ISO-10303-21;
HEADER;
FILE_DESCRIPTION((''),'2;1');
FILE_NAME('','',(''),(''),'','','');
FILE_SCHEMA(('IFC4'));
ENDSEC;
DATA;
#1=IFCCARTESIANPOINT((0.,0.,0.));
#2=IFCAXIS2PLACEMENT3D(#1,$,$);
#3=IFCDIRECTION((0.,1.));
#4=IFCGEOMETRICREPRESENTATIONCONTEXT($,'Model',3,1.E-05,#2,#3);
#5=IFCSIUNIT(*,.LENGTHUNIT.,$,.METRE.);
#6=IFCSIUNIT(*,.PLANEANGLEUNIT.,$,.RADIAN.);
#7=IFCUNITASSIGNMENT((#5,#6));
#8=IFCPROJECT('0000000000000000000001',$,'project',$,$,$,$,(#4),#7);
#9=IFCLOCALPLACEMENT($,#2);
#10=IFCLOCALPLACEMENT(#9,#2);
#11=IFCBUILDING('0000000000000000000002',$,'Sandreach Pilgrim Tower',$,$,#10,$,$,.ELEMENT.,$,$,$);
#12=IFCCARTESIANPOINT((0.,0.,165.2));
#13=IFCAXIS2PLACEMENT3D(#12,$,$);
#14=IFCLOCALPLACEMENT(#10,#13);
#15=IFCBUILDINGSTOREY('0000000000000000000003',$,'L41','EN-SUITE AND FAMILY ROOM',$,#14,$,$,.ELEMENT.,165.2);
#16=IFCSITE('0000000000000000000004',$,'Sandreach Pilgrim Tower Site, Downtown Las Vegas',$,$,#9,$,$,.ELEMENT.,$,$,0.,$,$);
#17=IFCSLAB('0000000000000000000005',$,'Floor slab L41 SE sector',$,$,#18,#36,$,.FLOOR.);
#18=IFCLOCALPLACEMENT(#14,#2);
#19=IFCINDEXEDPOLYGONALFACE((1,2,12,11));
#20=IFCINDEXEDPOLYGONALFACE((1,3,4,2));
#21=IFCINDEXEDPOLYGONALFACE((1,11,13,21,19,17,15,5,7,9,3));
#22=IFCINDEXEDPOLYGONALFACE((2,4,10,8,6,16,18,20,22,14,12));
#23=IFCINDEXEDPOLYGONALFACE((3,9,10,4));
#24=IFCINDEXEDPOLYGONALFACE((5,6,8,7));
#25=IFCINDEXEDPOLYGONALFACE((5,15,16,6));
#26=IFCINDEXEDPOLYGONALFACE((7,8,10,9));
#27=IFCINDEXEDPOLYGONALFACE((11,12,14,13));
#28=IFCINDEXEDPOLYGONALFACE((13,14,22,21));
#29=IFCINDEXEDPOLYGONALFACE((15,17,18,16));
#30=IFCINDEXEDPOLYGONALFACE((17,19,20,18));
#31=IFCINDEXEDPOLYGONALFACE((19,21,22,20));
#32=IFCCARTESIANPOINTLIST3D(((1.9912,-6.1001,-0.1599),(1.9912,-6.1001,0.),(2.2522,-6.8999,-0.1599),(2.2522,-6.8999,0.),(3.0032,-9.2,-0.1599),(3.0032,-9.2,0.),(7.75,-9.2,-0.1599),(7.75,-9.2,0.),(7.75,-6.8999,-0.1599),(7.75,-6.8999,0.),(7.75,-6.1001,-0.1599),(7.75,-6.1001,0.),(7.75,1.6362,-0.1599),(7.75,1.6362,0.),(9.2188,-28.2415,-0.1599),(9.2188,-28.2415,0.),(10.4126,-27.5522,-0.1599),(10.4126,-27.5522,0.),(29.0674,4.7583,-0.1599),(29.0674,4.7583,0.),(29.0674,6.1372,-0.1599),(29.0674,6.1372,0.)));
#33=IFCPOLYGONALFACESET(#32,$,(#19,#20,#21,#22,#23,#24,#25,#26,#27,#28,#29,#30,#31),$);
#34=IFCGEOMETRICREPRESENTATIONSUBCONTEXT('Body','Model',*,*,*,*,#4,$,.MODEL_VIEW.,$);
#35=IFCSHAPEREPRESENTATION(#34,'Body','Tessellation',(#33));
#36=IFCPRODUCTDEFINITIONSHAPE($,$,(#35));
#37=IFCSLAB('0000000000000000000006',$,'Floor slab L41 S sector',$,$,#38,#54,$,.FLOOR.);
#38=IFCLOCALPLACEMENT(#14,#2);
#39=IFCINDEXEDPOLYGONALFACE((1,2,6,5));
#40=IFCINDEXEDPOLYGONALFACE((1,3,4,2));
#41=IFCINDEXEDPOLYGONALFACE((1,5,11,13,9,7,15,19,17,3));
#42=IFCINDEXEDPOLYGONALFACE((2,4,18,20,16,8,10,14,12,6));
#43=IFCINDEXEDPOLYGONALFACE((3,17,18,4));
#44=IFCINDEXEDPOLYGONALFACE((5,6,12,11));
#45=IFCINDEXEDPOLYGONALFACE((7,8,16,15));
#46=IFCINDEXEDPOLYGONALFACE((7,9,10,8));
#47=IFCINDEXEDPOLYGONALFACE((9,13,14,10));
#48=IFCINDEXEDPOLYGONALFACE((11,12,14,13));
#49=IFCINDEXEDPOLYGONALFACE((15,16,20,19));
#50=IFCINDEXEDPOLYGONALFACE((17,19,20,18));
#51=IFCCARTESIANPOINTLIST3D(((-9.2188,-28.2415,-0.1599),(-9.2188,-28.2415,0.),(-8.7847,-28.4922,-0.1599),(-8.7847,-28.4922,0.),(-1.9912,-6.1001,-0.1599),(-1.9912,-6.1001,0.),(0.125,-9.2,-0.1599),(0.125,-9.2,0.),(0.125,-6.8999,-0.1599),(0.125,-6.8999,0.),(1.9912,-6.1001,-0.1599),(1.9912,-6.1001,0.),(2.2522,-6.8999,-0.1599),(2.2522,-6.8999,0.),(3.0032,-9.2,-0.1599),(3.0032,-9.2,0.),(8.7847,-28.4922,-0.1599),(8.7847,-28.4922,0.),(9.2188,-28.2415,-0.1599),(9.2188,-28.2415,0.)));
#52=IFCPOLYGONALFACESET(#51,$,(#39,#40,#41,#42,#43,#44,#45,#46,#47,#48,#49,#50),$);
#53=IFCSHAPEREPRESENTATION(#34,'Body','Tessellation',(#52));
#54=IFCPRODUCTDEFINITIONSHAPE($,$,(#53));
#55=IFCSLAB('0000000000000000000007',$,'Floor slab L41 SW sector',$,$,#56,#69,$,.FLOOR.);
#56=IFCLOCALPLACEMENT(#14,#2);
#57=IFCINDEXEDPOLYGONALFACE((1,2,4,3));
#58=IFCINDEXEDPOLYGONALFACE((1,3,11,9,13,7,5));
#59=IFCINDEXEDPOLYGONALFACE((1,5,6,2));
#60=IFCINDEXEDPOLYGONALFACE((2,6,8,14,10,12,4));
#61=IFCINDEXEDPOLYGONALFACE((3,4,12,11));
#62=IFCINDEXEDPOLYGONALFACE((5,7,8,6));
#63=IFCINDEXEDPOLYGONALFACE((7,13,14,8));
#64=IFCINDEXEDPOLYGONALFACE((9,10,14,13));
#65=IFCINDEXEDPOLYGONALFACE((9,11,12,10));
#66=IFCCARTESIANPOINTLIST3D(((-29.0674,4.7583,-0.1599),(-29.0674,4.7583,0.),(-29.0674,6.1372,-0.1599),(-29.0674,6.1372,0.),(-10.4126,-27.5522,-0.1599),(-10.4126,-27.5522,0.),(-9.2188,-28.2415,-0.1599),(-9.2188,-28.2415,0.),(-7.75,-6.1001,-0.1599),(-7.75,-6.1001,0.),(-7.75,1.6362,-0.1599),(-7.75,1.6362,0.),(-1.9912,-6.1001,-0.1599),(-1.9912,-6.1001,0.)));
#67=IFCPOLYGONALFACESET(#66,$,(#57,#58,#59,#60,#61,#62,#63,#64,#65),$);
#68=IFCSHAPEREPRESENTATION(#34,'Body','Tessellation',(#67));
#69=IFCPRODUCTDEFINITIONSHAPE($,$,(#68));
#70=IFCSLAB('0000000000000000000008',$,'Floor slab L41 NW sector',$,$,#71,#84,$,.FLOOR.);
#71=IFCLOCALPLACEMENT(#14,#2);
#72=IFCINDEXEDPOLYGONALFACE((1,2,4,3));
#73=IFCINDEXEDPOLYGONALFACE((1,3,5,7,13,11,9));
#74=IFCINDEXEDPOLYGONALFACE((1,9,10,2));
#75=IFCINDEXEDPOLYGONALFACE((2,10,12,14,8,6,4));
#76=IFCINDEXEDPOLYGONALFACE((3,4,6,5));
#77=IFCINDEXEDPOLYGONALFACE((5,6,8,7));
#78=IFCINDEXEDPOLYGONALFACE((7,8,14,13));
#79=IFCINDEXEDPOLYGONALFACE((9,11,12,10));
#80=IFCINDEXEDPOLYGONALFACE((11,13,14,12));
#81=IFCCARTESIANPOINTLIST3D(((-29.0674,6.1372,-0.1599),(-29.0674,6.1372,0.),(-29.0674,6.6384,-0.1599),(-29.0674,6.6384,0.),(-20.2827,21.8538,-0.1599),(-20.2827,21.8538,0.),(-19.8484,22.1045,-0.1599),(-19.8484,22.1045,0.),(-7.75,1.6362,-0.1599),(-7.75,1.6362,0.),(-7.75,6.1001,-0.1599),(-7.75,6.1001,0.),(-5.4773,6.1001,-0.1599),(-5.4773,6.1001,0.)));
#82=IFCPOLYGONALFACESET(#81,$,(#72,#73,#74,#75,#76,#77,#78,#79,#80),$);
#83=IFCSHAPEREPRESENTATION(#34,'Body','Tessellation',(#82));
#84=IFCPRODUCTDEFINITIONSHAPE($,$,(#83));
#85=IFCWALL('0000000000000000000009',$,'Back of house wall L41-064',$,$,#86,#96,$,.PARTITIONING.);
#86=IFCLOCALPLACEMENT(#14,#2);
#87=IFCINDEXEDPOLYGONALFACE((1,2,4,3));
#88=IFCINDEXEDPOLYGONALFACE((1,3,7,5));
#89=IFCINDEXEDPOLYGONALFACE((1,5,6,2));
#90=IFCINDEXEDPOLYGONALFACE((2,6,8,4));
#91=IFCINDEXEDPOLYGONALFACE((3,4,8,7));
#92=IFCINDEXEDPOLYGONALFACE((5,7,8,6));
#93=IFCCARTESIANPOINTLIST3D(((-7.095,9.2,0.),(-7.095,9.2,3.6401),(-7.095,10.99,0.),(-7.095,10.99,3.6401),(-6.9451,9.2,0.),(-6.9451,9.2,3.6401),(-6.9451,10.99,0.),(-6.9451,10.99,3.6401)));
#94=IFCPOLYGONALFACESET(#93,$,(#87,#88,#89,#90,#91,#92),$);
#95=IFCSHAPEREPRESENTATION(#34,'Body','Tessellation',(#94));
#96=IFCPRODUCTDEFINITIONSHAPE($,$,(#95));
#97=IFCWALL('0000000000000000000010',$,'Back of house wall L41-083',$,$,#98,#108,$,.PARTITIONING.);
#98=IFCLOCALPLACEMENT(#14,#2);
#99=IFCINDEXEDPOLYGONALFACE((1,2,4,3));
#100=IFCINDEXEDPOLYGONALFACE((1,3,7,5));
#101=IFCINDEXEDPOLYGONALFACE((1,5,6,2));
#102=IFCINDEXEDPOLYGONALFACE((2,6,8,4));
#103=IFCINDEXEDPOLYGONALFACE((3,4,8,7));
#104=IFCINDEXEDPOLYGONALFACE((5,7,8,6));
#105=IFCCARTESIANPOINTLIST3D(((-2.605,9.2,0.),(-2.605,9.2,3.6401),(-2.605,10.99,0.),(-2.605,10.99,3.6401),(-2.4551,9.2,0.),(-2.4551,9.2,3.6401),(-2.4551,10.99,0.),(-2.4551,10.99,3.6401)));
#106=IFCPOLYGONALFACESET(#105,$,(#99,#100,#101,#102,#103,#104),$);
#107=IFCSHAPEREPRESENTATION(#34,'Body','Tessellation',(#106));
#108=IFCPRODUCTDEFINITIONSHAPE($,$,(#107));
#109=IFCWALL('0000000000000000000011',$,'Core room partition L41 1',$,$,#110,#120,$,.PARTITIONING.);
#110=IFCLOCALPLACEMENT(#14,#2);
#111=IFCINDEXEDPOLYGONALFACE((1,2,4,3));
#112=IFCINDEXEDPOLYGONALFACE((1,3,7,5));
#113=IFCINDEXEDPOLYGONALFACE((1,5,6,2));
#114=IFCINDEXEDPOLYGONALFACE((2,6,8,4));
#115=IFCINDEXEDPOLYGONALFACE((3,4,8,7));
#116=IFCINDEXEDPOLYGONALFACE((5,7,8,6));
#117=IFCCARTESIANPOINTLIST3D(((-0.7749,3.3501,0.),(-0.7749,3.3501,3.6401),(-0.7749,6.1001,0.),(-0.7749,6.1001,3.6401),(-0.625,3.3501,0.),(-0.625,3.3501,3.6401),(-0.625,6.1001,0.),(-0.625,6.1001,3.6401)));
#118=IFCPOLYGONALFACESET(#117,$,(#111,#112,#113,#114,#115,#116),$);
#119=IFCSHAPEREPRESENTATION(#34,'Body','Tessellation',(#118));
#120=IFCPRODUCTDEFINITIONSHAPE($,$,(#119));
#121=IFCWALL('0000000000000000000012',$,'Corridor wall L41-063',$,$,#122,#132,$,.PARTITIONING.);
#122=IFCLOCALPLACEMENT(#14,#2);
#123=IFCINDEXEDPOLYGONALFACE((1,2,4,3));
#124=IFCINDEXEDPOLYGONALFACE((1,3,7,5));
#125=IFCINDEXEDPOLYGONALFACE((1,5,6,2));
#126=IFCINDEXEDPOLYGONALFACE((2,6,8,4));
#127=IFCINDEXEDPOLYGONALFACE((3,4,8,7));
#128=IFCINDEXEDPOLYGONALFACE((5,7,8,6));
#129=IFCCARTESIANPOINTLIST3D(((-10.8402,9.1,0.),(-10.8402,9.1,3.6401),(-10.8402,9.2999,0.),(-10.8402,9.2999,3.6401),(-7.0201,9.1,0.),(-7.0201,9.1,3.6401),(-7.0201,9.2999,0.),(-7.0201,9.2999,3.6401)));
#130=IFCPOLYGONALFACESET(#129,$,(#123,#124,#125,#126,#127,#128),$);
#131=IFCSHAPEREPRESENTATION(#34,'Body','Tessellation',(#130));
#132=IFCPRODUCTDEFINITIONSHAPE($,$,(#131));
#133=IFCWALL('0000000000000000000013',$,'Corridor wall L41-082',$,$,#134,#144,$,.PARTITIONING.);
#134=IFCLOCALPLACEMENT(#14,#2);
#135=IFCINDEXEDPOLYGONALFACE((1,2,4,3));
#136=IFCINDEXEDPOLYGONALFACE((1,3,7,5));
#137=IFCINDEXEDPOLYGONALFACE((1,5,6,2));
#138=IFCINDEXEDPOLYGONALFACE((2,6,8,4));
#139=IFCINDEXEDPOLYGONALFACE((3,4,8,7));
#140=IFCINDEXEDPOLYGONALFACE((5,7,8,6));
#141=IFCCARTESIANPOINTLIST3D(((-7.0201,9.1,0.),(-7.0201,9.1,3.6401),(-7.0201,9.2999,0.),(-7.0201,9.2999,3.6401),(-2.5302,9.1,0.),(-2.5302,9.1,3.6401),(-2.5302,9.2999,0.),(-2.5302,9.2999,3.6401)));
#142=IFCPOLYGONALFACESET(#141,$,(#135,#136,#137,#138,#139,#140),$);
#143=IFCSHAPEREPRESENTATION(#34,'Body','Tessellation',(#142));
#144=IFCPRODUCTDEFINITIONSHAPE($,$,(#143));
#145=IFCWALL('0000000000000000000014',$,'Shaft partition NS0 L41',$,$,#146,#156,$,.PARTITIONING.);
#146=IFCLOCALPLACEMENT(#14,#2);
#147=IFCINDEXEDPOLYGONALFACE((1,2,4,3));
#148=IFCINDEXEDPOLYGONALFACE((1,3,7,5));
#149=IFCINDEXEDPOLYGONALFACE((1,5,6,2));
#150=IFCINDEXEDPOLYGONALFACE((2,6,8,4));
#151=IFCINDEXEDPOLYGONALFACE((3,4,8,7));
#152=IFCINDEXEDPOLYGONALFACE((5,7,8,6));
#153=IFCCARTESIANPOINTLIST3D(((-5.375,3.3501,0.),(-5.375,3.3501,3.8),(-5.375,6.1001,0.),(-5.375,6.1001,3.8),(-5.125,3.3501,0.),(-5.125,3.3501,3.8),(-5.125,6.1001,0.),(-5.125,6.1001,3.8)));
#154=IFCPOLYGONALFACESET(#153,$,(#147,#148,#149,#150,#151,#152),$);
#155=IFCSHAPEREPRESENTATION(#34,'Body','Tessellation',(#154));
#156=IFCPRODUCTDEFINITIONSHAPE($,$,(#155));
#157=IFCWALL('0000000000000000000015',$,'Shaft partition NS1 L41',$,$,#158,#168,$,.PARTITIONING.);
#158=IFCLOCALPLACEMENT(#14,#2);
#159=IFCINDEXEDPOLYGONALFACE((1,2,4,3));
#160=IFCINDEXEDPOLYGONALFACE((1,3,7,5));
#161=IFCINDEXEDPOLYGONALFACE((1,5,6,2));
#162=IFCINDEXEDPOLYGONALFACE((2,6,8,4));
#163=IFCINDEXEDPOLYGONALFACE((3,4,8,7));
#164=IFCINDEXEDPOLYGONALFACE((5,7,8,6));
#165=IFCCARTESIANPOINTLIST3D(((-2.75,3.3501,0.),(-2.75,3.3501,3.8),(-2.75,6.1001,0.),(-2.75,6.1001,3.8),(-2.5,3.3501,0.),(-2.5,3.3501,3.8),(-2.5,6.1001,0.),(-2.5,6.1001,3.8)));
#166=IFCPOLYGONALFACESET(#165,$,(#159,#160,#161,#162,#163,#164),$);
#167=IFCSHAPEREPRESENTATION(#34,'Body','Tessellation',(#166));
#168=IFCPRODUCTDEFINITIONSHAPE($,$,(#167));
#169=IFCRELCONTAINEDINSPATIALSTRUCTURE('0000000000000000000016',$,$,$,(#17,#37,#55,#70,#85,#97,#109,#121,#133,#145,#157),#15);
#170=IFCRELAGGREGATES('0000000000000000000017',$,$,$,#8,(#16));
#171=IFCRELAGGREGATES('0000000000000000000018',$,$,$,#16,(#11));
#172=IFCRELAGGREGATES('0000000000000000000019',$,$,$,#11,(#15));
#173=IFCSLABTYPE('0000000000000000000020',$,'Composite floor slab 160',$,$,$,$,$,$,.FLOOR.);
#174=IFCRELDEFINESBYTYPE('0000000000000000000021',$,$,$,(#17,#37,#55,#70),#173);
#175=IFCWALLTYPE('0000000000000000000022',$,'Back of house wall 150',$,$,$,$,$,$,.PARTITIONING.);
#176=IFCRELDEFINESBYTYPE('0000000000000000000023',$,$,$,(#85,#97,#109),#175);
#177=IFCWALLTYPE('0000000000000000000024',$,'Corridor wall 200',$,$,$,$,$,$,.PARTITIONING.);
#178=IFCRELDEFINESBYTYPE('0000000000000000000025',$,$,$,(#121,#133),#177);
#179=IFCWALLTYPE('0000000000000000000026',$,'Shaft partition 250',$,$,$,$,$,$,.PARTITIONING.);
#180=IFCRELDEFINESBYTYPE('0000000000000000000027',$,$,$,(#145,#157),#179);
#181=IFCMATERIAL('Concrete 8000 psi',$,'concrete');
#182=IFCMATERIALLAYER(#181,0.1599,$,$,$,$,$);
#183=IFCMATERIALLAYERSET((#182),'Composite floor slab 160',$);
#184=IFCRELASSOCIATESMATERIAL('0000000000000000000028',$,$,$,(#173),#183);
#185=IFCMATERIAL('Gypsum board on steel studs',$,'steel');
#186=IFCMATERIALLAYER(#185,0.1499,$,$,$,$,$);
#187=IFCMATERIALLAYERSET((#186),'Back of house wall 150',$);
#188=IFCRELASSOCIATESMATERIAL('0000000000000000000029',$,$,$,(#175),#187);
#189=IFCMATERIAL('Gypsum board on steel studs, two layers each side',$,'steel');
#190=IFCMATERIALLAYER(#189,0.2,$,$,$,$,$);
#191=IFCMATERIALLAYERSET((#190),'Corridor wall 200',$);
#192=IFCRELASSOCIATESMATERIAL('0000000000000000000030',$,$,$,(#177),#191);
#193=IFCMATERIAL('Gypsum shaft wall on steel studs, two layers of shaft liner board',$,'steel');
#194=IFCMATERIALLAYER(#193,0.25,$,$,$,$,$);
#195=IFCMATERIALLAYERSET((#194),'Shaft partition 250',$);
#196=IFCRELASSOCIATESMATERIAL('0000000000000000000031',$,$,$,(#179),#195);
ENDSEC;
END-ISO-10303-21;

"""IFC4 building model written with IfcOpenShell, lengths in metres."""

from ifc_helpers import new_model, si_unit, direction, frame, frame_2d, origin, place, context, subcontext, project, spatial, polyline, rectangle, outline, extrude, material, layer, layer_set, type_object, element, save


model = new_model("IFC4")

# Units and contexts
model_context = context("Model", 3, precision=1e-05, world=origin(), true_north=direction((0.0, 1.0)))
body_context = subcontext(model_context, "Body", "Model", "MODEL_VIEW")
ifc_project = project(units=[si_unit("LENGTHUNIT", "METRE"), si_unit("PLANEANGLEUNIT", "RADIAN")], contexts=[model_context])

# Site, building, storey
site_placement = place(None, origin())
site = spatial("IfcSite", under=ifc_project, at=site_placement, Name="Sandreach Pilgrim Tower Site, Downtown Las Vegas", CompositionType="ELEMENT", RefElevation=0.0)
building_placement = place(site_placement, origin())
building = spatial("IfcBuilding", under=site, at=building_placement, Name="Sandreach Pilgrim Tower", CompositionType="ELEMENT")
storey_placement = place(building_placement, frame((0.0, 0.0, 165.2)))
storey = spatial("IfcBuildingStorey", under=building, at=storey_placement, Name="L41", Description="EN-SUITE AND FAMILY ROOM", CompositionType="ELEMENT", Elevation=165.2)

# Slabs
ifc_material_1 = material(Name="Concrete 8000 psi", Category="concrete")
ifc_layer_1 = layer(ifc_material_1, 0.1599)
ifc_layer_set_1 = layer_set([ifc_layer_1], Name="Composite floor slab 160")
slab_type = type_object("IfcSlabType", Name="Composite floor slab 160", PredefinedType="FLOOR", material=ifc_layer_set_1)
slab_1_placement = place(storey_placement, frame((0.0, 0.0, -0.1599)))
element("IfcSlab", 1, at=slab_1_placement, inside=storey, type_object=slab_type, Name="Floor slab L41 SE sector", PredefinedType="FLOOR", context=body_context, shape_type="SweptSolid", body=[
    extrude(outline(polyline([(29.0674, 4.7583), (10.4126, -27.5522), (9.2188, -28.2415), (3.0032, -9.2), (7.75, -9.2), (7.75, -6.8999), (2.2522, -6.8999), (1.9912, -6.1001), (7.75, -6.1001), (7.75, 1.6362), (29.0674, 6.1372), (29.0674, 4.7583)])), origin(), (0.0, 0.0, 1.0), 0.1599),
])
slab_2_placement = place(storey_placement, frame((0.0, 0.0, -0.1599)))
element("IfcSlab", 2, at=slab_2_placement, inside=storey, type_object=slab_type, Name="Floor slab L41 S sector", PredefinedType="FLOOR", context=body_context, shape_type="SweptSolid", body=[
    extrude(outline(polyline([(8.7847, -28.4922), (-8.7847, -28.4922), (-9.2188, -28.2415), (-1.9912, -6.1001), (1.9912, -6.1001), (2.2522, -6.8999), (0.125, -6.8999), (0.125, -9.2), (3.0032, -9.2), (9.2188, -28.2415), (8.7847, -28.4922)])), origin(), (0.0, 0.0, 1.0), 0.1599),
])
slab_3_placement = place(storey_placement, frame((0.0, 0.0, -0.1599)))
element("IfcSlab", 3, at=slab_3_placement, inside=storey, type_object=slab_type, Name="Floor slab L41 SW sector", PredefinedType="FLOOR", context=body_context, shape_type="SweptSolid", body=[
    extrude(outline(polyline([(-10.4126, -27.5522), (-29.0674, 4.7583), (-29.0674, 6.1372), (-7.75, 1.6362), (-7.75, -6.1001), (-1.9912, -6.1001), (-9.2188, -28.2415), (-10.4126, -27.5522)])), origin(), (0.0, 0.0, 1.0), 0.1599),
])
slab_4_placement = place(storey_placement, frame((0.0, 0.0, -0.1599)))
element("IfcSlab", 4, at=slab_4_placement, inside=storey, type_object=slab_type, Name="Floor slab L41 NW sector", PredefinedType="FLOOR", context=body_context, shape_type="SweptSolid", body=[
    extrude(outline(polyline([(-29.0674, 6.6384), (-20.2827, 21.8538), (-19.8484, 22.1045), (-5.4773, 6.1001), (-7.75, 6.1001), (-7.75, 1.6362), (-29.0674, 6.1372), (-29.0674, 6.6384)])), origin(), (0.0, 0.0, 1.0), 0.1599),
])

# Walls
ifc_material_2 = material(Name="Gypsum board on steel studs", Category="steel")
ifc_layer_2 = layer(ifc_material_2, 0.1499)
ifc_layer_set_2 = layer_set([ifc_layer_2], Name="Back of house wall 150")
wall_type_1 = type_object("IfcWallType", Name="Back of house wall 150", PredefinedType="PARTITIONING", material=ifc_layer_set_2)
for number, where, z_axis, x_axis, name in (
    (5, (-7.02, 10.99, 0.0), (0.0, 0.0, 1.0), (0.0, -1.0, 0.0), "Back of house wall L41-064"),
    (6, (-2.53, 10.99, 0.0), (0.0, 0.0, 1.0), (0.0, -1.0, 0.0), "Back of house wall L41-083"),
):
    element("IfcWall", number, at=place(storey_placement, frame(where, z_axis=z_axis, x_axis=x_axis)), inside=storey, type_object=wall_type_1, Name=name, PredefinedType="PARTITIONING", context=body_context, shape_type="SweptSolid", body=[
        extrude(rectangle(XDim=1.79, YDim=0.1499, at=frame_2d((0.895, 0.0))), origin(), (0.0, 0.0, 1.0), 3.6401),
    ])
wall_1_placement = place(storey_placement, frame((-0.7, 3.3501, 0.0), z_axis=(0.0, 0.0, 1.0), x_axis=(0.0, 1.0, 0.0)))
element("IfcWall", 7, at=wall_1_placement, inside=storey, type_object=wall_type_1, Name="Core room partition L41 1", PredefinedType="PARTITIONING", context=body_context, shape_type="SweptSolid", body=[
    extrude(rectangle(XDim=2.75, YDim=0.1499, at=frame_2d((1.375, 0.0))), origin(), (0.0, 0.0, 1.0), 3.6401),
])

# Wall
ifc_material_3 = material(Name="Gypsum board on steel studs, two layers each side", Category="steel")
ifc_layer_3 = layer(ifc_material_3, 0.2)
ifc_layer_set_3 = layer_set([ifc_layer_3], Name="Corridor wall 200")
wall_type_2 = type_object("IfcWallType", Name="Corridor wall 200", PredefinedType="PARTITIONING", material=ifc_layer_set_3)
wall_2_placement = place(storey_placement, frame((-7.02, 9.2, 0.0), z_axis=(0.0, 0.0, 1.0), x_axis=(-1.0, 0.0, 0.0)))
element("IfcWall", 8, at=wall_2_placement, inside=storey, type_object=wall_type_2, Name="Corridor wall L41-063", PredefinedType="PARTITIONING", context=body_context, shape_type="SweptSolid", body=[
    extrude(rectangle(XDim=3.8201, YDim=0.2, at=frame_2d((1.9102, 0.0))), origin(), (0.0, 0.0, 1.0), 3.6401),
])

# Wall
wall_3_placement = place(storey_placement, frame((-2.53, 9.2, 0.0), z_axis=(0.0, 0.0, 1.0), x_axis=(-1.0, 0.0, 0.0)))
element("IfcWall", 9, at=wall_3_placement, inside=storey, type_object=wall_type_2, Name="Corridor wall L41-082", PredefinedType="PARTITIONING", context=body_context, shape_type="SweptSolid", body=[
    extrude(rectangle(XDim=4.49, YDim=0.2, at=frame_2d((2.2451, 0.0))), origin(), (0.0, 0.0, 1.0), 3.6401),
])

# Walls
ifc_material_4 = material(Name="Gypsum shaft wall on steel studs, two layers of shaft liner board", Category="steel")
ifc_layer_4 = layer(ifc_material_4, 0.25)
ifc_layer_set_4 = layer_set([ifc_layer_4], Name="Shaft partition 250")
wall_type_3 = type_object("IfcWallType", Name="Shaft partition 250", PredefinedType="PARTITIONING", material=ifc_layer_set_4)
for number, where, z_axis, x_axis, name in (
    (10, (-5.25, 3.3501, 0.0), (0.0, 0.0, 1.0), (0.0, 1.0, 0.0), "Shaft partition NS0 L41"),
    (11, (-2.625, 3.3501, 0.0), (0.0, 0.0, 1.0), (0.0, 1.0, 0.0), "Shaft partition NS1 L41"),
):
    element("IfcWall", number, at=place(storey_placement, frame(where, z_axis=z_axis, x_axis=x_axis)), inside=storey, type_object=wall_type_3, Name=name, PredefinedType="PARTITIONING", context=body_context, shape_type="SweptSolid", body=[
        extrude(rectangle(XDim=2.75, YDim=0.25, at=frame_2d((1.375, 0.0))), origin(), (0.0, 0.0, 1.0), 3.8),
    ])

save(model, "model.ifc")
